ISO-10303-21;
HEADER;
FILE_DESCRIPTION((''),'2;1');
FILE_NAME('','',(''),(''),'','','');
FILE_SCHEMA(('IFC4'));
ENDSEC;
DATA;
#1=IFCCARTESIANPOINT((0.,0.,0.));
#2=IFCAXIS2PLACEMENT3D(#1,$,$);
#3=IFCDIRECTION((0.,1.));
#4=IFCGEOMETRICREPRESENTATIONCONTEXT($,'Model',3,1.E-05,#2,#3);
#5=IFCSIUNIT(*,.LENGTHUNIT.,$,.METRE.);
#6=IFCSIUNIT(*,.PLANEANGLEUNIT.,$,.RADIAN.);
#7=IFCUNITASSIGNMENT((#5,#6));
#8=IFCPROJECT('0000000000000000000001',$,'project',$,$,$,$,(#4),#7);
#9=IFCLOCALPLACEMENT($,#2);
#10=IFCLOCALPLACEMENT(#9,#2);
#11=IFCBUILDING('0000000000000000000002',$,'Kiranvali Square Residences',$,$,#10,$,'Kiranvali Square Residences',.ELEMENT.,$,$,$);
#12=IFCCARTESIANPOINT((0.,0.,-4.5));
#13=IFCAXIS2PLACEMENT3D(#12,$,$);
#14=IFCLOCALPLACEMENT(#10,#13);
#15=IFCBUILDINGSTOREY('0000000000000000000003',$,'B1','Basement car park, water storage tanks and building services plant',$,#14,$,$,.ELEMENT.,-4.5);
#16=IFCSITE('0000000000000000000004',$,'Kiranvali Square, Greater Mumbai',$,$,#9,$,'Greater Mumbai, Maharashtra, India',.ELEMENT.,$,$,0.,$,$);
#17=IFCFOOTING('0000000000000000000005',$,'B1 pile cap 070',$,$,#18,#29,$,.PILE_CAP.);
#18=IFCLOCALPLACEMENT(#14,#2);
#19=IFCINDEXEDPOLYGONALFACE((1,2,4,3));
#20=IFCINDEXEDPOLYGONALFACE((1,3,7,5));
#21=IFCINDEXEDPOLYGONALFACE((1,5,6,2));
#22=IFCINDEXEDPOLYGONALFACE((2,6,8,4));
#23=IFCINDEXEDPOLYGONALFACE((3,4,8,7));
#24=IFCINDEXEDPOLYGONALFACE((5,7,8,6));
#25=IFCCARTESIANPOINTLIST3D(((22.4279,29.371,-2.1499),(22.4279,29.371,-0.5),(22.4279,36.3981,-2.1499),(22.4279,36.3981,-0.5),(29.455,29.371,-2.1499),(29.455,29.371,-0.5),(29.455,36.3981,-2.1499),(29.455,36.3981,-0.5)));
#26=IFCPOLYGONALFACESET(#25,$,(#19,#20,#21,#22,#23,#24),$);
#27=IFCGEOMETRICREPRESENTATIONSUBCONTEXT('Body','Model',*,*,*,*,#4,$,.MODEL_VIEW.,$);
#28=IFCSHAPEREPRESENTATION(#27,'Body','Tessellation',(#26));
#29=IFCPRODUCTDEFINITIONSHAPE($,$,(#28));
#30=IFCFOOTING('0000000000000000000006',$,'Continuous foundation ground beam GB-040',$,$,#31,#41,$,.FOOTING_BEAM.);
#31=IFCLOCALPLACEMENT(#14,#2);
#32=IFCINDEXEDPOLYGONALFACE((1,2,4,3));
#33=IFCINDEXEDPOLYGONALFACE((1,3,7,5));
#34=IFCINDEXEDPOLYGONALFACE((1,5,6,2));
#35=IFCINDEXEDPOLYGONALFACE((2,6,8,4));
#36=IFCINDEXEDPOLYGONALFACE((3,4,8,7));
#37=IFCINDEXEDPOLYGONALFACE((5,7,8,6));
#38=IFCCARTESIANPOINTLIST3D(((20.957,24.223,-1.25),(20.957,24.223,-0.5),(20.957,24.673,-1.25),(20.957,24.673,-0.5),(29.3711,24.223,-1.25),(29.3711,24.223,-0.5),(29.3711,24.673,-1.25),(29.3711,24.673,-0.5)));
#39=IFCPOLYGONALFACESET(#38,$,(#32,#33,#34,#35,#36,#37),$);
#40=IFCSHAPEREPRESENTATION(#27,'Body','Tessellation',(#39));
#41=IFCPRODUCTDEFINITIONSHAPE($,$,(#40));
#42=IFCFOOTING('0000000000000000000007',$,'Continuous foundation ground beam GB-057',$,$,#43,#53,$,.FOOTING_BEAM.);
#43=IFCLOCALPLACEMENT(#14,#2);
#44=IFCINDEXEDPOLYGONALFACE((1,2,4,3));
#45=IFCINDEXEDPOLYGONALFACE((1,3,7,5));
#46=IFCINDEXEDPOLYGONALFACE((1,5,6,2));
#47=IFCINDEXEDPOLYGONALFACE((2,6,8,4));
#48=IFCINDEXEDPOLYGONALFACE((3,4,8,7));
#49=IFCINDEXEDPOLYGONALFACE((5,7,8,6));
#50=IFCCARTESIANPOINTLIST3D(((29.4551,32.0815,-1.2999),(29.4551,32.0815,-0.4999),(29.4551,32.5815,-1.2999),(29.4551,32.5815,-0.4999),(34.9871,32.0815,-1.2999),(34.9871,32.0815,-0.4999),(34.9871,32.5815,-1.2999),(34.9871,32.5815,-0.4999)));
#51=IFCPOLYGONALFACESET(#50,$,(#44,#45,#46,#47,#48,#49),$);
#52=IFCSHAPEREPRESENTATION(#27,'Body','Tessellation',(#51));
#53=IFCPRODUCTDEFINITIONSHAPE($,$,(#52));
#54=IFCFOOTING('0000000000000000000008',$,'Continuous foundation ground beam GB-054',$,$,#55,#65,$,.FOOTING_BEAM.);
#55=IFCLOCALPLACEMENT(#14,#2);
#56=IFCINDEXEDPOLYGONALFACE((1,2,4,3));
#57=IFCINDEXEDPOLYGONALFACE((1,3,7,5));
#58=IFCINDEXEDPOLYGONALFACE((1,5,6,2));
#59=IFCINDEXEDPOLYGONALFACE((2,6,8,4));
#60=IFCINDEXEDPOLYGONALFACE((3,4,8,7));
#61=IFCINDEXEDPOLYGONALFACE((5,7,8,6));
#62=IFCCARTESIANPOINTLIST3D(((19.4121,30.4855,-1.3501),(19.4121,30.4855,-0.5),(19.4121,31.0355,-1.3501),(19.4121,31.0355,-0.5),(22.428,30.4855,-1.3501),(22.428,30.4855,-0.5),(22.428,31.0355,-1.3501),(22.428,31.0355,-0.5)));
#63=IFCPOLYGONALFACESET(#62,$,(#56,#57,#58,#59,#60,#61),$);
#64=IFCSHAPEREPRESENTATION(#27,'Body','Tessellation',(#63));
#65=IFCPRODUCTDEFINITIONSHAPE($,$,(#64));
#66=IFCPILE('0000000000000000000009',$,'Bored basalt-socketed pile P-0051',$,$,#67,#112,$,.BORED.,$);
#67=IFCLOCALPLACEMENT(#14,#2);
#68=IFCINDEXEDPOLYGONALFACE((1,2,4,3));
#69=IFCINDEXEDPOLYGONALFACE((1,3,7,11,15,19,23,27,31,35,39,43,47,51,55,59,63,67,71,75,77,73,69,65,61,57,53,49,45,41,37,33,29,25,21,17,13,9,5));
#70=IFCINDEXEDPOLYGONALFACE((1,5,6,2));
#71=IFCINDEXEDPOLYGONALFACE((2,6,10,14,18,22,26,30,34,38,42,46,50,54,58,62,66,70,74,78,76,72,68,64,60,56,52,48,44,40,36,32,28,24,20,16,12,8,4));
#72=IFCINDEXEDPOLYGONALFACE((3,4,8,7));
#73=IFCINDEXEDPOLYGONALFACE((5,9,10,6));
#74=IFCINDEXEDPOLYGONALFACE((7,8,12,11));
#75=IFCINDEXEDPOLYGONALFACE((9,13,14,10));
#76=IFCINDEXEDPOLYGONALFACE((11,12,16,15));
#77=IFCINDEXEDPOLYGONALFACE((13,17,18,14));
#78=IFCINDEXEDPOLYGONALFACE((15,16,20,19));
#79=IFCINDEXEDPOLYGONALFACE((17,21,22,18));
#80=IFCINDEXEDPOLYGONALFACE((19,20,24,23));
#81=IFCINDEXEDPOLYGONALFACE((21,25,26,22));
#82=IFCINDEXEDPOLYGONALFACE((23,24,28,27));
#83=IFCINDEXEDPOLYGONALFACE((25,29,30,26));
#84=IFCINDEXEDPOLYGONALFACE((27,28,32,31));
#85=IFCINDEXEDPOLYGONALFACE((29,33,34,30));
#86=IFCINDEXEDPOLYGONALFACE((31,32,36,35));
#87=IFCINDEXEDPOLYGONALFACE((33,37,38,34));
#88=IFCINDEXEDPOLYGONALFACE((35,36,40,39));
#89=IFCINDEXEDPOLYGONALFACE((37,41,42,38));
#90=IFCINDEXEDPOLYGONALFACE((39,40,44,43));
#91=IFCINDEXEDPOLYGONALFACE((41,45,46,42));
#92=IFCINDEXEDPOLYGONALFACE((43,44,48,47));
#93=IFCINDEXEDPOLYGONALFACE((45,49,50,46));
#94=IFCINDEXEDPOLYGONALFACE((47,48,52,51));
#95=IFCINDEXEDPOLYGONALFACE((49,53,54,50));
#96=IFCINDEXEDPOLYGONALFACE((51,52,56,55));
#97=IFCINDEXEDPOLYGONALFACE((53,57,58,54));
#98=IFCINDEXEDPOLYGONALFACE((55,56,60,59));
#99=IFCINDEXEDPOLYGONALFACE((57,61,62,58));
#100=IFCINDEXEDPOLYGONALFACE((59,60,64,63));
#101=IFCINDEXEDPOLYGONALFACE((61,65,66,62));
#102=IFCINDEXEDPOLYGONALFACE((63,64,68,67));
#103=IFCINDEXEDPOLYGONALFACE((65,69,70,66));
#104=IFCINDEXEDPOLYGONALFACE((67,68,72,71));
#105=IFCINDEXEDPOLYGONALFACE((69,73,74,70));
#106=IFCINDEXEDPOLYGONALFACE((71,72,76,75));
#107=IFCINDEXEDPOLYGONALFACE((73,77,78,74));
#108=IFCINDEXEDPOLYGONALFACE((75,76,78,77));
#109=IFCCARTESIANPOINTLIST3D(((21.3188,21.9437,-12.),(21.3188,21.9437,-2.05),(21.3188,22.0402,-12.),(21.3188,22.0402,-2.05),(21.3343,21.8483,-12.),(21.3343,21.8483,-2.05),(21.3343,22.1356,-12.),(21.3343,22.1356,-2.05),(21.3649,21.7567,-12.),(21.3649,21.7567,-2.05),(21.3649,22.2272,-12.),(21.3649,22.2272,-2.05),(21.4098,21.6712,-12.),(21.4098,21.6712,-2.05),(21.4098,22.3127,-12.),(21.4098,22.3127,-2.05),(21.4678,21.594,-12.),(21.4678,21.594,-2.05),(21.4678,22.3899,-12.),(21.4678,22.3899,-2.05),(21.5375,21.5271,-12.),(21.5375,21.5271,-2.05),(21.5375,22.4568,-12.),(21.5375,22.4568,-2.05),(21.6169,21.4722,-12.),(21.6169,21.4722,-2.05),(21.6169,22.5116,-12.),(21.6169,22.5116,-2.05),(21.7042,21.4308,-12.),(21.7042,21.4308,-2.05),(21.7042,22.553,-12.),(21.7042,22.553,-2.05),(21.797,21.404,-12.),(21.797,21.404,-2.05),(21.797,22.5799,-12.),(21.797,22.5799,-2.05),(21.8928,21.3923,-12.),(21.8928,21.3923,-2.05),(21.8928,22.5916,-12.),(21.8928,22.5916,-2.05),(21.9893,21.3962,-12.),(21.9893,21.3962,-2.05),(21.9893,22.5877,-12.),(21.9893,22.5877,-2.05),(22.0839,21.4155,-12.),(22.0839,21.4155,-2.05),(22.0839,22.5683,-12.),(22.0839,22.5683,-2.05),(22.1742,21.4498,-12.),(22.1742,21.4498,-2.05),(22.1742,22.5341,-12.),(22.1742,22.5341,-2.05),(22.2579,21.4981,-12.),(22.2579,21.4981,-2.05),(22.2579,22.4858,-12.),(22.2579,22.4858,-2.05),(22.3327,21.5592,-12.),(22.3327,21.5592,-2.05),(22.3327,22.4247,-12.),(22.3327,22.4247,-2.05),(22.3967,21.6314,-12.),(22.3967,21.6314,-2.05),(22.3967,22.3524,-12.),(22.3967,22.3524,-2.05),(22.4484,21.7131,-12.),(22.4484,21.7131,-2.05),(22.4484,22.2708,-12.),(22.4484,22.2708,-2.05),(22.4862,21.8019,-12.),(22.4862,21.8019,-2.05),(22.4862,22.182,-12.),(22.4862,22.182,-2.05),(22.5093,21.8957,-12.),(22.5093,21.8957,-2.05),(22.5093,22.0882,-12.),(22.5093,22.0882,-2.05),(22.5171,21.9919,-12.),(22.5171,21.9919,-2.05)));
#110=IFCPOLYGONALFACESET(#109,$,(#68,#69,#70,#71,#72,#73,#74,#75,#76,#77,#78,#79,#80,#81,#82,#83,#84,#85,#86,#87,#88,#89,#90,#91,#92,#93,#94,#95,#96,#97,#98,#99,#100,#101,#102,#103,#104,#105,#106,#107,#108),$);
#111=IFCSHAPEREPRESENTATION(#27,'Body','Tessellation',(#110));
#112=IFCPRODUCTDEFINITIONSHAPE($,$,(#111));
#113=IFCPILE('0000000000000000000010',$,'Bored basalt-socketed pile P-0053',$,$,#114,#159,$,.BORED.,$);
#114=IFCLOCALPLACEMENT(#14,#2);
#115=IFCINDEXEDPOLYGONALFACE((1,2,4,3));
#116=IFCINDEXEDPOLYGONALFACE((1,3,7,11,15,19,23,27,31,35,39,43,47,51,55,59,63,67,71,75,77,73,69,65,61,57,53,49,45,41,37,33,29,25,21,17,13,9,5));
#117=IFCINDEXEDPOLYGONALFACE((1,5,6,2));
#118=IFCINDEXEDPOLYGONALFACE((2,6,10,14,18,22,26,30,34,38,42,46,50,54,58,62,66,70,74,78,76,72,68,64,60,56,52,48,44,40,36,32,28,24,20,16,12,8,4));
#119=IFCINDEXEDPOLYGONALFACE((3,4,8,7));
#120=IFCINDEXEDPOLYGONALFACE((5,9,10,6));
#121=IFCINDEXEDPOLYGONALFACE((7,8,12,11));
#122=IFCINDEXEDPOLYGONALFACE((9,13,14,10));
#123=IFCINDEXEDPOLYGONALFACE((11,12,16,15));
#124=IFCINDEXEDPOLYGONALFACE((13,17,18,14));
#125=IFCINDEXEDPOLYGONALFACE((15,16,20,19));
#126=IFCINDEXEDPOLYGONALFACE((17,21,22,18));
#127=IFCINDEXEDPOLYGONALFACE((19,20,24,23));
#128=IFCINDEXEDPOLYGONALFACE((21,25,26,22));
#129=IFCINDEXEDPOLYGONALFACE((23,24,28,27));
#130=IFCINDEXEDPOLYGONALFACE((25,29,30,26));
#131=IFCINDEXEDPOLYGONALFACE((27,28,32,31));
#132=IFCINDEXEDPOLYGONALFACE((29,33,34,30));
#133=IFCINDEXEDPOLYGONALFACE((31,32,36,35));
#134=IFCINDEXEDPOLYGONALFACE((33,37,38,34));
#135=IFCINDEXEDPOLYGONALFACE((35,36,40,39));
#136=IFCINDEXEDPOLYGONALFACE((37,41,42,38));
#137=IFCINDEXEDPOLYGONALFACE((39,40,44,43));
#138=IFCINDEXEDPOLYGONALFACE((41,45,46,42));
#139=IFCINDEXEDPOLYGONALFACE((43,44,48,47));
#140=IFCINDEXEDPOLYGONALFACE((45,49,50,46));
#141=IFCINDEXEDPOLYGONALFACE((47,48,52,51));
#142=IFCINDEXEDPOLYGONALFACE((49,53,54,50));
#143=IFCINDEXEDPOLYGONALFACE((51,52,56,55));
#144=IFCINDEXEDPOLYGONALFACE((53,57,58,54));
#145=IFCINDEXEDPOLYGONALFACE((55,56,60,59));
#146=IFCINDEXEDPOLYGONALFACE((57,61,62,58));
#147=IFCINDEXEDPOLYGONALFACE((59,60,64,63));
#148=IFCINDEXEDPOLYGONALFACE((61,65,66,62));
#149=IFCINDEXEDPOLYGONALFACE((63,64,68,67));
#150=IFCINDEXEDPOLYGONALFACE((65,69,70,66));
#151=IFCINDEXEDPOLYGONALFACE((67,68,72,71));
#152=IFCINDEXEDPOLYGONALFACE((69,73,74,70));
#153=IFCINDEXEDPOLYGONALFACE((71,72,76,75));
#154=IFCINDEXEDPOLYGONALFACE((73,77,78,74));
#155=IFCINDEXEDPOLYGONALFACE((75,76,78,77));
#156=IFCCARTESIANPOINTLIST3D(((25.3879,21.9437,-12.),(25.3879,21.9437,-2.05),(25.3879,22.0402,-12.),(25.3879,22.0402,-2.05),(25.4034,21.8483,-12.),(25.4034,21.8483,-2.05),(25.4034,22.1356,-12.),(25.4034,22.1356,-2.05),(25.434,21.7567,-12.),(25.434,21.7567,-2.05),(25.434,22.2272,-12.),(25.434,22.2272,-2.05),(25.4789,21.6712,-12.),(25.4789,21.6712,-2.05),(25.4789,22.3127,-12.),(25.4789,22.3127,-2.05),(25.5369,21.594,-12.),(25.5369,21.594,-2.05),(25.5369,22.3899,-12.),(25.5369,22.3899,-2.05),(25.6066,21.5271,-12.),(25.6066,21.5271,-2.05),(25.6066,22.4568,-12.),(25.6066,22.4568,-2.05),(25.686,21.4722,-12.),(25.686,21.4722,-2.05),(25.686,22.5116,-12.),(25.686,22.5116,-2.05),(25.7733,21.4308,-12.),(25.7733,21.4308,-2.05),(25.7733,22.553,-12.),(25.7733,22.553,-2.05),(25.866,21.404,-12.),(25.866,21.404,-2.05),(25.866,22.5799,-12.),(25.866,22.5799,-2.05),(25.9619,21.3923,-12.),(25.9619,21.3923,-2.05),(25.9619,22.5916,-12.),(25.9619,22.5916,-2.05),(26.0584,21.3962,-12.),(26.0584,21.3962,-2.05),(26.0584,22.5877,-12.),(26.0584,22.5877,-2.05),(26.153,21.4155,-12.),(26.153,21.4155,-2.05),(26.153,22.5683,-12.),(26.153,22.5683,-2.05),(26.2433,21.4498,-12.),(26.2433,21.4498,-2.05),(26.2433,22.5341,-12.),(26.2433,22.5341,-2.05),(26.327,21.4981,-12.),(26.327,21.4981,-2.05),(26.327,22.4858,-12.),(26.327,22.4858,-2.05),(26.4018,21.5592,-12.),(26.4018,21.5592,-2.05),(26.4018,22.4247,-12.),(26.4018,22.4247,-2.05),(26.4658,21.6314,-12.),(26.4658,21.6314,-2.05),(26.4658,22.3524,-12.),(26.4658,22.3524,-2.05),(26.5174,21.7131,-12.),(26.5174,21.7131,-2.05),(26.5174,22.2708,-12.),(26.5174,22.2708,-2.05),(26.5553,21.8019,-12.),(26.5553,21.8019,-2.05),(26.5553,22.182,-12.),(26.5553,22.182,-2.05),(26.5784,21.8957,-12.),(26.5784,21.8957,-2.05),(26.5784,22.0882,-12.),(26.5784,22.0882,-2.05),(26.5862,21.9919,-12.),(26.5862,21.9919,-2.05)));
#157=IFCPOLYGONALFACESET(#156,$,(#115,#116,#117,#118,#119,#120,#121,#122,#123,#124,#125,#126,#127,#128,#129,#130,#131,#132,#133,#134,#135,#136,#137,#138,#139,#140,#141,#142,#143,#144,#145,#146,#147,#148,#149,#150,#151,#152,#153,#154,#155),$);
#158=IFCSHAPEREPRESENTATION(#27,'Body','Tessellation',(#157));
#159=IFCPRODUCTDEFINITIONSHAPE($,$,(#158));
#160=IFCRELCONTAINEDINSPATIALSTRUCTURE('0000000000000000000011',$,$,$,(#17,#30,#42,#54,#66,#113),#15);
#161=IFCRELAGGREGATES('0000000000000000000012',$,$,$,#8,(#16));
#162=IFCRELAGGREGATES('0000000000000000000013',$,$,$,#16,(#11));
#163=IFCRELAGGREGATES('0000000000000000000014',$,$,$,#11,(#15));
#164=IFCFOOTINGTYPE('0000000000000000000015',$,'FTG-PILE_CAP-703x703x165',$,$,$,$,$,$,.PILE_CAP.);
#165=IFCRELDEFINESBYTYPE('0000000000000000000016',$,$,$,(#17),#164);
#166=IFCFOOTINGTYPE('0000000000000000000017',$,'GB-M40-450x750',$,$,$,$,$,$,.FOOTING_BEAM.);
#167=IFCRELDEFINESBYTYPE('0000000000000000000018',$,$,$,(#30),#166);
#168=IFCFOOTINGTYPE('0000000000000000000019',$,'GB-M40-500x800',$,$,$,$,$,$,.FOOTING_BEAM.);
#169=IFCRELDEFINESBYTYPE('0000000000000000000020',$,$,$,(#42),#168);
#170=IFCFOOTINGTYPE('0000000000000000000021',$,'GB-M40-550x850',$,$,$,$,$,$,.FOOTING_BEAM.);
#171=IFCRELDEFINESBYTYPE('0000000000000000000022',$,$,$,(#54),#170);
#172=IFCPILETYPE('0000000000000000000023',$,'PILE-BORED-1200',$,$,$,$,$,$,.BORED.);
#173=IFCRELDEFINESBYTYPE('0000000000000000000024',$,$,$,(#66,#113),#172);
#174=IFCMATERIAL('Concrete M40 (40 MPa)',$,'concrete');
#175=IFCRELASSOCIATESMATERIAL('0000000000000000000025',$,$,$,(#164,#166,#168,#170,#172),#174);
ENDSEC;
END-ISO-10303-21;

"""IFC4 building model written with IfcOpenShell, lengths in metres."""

from ifc_helpers import new_model, si_unit, direction, frame, origin, origin_2d, place, context, subcontext, project, spatial, rectangle, circle, extrude, material, material_profile, profile_set, type_object, element, save


model = new_model("IFC4")

# Units and contexts
model_context = context("Model", 3, precision=1e-05, world=origin(), true_north=direction((0.0, 1.0)))
body_context = subcontext(model_context, "Body", "Model", "MODEL_VIEW")
ifc_project = project(units=[si_unit("LENGTHUNIT", "METRE"), si_unit("PLANEANGLEUNIT", "RADIAN")], contexts=[model_context])

# Site, building, storey
site_placement = place(None, origin())
site = spatial("IfcSite", under=ifc_project, at=site_placement, Name="Kiranvali Square, Greater Mumbai", LongName="Greater Mumbai, Maharashtra, India", CompositionType="ELEMENT", RefElevation=0.0)
building_placement = place(site_placement, origin())
building = spatial("IfcBuilding", under=site, at=building_placement, Name="Kiranvali Square Residences", LongName="Kiranvali Square Residences", CompositionType="ELEMENT")
storey_placement = place(building_placement, frame((0.0, 0.0, -4.5)))
storey = spatial("IfcBuildingStorey", under=building, at=storey_placement, Name="B1", Description="Basement car park, water storage tanks and building services plant", CompositionType="ELEMENT", Elevation=-4.5)

# Footings
ifc_material_1 = material(Name="Concrete M40 (40 MPa)", Category="concrete")
footing_type_1 = type_object("IfcFootingType", Name="FTG-PILE_CAP-703x703x165", PredefinedType="PILE_CAP", material=ifc_material_1)
footing_1_placement = place(storey_placement, frame((25.9414, 32.8845, -2.1499), z_axis=(0.0, 0.0, 1.0), x_axis=(1.0, 0.0, 0.0)))
element("IfcFooting", 1, at=footing_1_placement, inside=storey, type_object=footing_type_1, Name="B1 pile cap 070", PredefinedType="PILE_CAP", context=body_context, shape_type="SweptSolid", body=[
    extrude(rectangle(XDim=7.0271, YDim=7.0271, at=origin_2d()), origin(), (0.0, 0.0, 1.0), 1.6499),
])
ifc_material_profile_1 = material_profile(ifc_material_1, rectangle(XDim=0.45, YDim=0.75, at=origin_2d()), Name="GB 450x750")
ifc_profile_set_1 = profile_set([ifc_material_profile_1], Name="Concrete M40 (40 MPa)")
footing_type_2 = type_object("IfcFootingType", Name="GB-M40-450x750", PredefinedType="FOOTING_BEAM", material=ifc_profile_set_1)
footing_2_placement = place(storey_placement, frame((20.957, 24.448, -0.875), z_axis=(1.0, 0.0, 0.0), x_axis=(0.0, 1.0, 0.0)))
element("IfcFooting", 2, at=footing_2_placement, inside=storey, type_object=footing_type_2, Name="Continuous foundation ground beam GB-040", PredefinedType="FOOTING_BEAM", context=body_context, shape_type="SweptSolid", body=[
    extrude(rectangle(XDim=0.45, YDim=0.75, at=origin_2d()), origin(), (0.0, 0.0, 1.0), 8.4141),
])
ifc_material_profile_2 = material_profile(ifc_material_1, rectangle(XDim=0.5, YDim=0.8, at=origin_2d()), Name="GB 500x800")
ifc_profile_set_2 = profile_set([ifc_material_profile_2], Name="Concrete M40 (40 MPa)")
footing_type_3 = type_object("IfcFootingType", Name="GB-M40-500x800", PredefinedType="FOOTING_BEAM", material=ifc_profile_set_2)
footing_3_placement = place(storey_placement, frame((29.4551, 32.3315, -0.8999), z_axis=(1.0, 0.0, 0.0), x_axis=(0.0, 1.0, 0.0)))
element("IfcFooting", 3, at=footing_3_placement, inside=storey, type_object=footing_type_3, Name="Continuous foundation ground beam GB-057", PredefinedType="FOOTING_BEAM", context=body_context, shape_type="SweptSolid", body=[
    extrude(rectangle(XDim=0.5, YDim=0.8, at=origin_2d()), origin(), (0.0, 0.0, 1.0), 5.532),
])
ifc_material_profile_3 = material_profile(ifc_material_1, rectangle(XDim=0.55, YDim=0.8501, at=origin_2d()), Name="GB 550x850")
ifc_profile_set_3 = profile_set([ifc_material_profile_3], Name="Concrete M40 (40 MPa)")
footing_type_4 = type_object("IfcFootingType", Name="GB-M40-550x850", PredefinedType="FOOTING_BEAM", material=ifc_profile_set_3)
footing_4_placement = place(storey_placement, frame((19.4121, 30.7605, -0.925), z_axis=(1.0, 0.0, 0.0), x_axis=(0.0, 1.0, 0.0)))
element("IfcFooting", 4, at=footing_4_placement, inside=storey, type_object=footing_type_4, Name="Continuous foundation ground beam GB-054", PredefinedType="FOOTING_BEAM", context=body_context, shape_type="SweptSolid", body=[
    extrude(rectangle(XDim=0.55, YDim=0.8501, at=origin_2d()), origin(), (0.0, 0.0, 1.0), 3.0159),
])

# Piles
ifc_material_profile_4 = material_profile(ifc_material_1, circle(Radius=0.6001, at=origin_2d()), Name="BORED PILE 1200")
ifc_profile_set_4 = profile_set([ifc_material_profile_4], Name="Concrete M40 (40 MPa)")
pile_type = type_object("IfcPileType", Name="PILE-BORED-1200", PredefinedType="BORED", material=ifc_profile_set_4)
for number, where, z_axis, x_axis, name in (
    (5, (21.917, 21.9919, -2.05), (0.0, 0.0, -1.0), (1.0, 0.0, 0.0), "Bored basalt-socketed pile P-0051"),
    (6, (25.9861, 21.9919, -2.05), (0.0, 0.0, -1.0), (1.0, 0.0, 0.0), "Bored basalt-socketed pile P-0053"),
):
    element("IfcPile", number, at=place(storey_placement, frame(where, z_axis=z_axis, x_axis=x_axis)), inside=storey, type_object=pile_type, Name=name, PredefinedType="BORED", context=body_context, shape_type="SweptSolid", body=[
        extrude(circle(Radius=0.6001, at=origin_2d()), origin(), (0.0, 0.0, 1.0), 9.95),
    ])

save(model, "model.ifc")
